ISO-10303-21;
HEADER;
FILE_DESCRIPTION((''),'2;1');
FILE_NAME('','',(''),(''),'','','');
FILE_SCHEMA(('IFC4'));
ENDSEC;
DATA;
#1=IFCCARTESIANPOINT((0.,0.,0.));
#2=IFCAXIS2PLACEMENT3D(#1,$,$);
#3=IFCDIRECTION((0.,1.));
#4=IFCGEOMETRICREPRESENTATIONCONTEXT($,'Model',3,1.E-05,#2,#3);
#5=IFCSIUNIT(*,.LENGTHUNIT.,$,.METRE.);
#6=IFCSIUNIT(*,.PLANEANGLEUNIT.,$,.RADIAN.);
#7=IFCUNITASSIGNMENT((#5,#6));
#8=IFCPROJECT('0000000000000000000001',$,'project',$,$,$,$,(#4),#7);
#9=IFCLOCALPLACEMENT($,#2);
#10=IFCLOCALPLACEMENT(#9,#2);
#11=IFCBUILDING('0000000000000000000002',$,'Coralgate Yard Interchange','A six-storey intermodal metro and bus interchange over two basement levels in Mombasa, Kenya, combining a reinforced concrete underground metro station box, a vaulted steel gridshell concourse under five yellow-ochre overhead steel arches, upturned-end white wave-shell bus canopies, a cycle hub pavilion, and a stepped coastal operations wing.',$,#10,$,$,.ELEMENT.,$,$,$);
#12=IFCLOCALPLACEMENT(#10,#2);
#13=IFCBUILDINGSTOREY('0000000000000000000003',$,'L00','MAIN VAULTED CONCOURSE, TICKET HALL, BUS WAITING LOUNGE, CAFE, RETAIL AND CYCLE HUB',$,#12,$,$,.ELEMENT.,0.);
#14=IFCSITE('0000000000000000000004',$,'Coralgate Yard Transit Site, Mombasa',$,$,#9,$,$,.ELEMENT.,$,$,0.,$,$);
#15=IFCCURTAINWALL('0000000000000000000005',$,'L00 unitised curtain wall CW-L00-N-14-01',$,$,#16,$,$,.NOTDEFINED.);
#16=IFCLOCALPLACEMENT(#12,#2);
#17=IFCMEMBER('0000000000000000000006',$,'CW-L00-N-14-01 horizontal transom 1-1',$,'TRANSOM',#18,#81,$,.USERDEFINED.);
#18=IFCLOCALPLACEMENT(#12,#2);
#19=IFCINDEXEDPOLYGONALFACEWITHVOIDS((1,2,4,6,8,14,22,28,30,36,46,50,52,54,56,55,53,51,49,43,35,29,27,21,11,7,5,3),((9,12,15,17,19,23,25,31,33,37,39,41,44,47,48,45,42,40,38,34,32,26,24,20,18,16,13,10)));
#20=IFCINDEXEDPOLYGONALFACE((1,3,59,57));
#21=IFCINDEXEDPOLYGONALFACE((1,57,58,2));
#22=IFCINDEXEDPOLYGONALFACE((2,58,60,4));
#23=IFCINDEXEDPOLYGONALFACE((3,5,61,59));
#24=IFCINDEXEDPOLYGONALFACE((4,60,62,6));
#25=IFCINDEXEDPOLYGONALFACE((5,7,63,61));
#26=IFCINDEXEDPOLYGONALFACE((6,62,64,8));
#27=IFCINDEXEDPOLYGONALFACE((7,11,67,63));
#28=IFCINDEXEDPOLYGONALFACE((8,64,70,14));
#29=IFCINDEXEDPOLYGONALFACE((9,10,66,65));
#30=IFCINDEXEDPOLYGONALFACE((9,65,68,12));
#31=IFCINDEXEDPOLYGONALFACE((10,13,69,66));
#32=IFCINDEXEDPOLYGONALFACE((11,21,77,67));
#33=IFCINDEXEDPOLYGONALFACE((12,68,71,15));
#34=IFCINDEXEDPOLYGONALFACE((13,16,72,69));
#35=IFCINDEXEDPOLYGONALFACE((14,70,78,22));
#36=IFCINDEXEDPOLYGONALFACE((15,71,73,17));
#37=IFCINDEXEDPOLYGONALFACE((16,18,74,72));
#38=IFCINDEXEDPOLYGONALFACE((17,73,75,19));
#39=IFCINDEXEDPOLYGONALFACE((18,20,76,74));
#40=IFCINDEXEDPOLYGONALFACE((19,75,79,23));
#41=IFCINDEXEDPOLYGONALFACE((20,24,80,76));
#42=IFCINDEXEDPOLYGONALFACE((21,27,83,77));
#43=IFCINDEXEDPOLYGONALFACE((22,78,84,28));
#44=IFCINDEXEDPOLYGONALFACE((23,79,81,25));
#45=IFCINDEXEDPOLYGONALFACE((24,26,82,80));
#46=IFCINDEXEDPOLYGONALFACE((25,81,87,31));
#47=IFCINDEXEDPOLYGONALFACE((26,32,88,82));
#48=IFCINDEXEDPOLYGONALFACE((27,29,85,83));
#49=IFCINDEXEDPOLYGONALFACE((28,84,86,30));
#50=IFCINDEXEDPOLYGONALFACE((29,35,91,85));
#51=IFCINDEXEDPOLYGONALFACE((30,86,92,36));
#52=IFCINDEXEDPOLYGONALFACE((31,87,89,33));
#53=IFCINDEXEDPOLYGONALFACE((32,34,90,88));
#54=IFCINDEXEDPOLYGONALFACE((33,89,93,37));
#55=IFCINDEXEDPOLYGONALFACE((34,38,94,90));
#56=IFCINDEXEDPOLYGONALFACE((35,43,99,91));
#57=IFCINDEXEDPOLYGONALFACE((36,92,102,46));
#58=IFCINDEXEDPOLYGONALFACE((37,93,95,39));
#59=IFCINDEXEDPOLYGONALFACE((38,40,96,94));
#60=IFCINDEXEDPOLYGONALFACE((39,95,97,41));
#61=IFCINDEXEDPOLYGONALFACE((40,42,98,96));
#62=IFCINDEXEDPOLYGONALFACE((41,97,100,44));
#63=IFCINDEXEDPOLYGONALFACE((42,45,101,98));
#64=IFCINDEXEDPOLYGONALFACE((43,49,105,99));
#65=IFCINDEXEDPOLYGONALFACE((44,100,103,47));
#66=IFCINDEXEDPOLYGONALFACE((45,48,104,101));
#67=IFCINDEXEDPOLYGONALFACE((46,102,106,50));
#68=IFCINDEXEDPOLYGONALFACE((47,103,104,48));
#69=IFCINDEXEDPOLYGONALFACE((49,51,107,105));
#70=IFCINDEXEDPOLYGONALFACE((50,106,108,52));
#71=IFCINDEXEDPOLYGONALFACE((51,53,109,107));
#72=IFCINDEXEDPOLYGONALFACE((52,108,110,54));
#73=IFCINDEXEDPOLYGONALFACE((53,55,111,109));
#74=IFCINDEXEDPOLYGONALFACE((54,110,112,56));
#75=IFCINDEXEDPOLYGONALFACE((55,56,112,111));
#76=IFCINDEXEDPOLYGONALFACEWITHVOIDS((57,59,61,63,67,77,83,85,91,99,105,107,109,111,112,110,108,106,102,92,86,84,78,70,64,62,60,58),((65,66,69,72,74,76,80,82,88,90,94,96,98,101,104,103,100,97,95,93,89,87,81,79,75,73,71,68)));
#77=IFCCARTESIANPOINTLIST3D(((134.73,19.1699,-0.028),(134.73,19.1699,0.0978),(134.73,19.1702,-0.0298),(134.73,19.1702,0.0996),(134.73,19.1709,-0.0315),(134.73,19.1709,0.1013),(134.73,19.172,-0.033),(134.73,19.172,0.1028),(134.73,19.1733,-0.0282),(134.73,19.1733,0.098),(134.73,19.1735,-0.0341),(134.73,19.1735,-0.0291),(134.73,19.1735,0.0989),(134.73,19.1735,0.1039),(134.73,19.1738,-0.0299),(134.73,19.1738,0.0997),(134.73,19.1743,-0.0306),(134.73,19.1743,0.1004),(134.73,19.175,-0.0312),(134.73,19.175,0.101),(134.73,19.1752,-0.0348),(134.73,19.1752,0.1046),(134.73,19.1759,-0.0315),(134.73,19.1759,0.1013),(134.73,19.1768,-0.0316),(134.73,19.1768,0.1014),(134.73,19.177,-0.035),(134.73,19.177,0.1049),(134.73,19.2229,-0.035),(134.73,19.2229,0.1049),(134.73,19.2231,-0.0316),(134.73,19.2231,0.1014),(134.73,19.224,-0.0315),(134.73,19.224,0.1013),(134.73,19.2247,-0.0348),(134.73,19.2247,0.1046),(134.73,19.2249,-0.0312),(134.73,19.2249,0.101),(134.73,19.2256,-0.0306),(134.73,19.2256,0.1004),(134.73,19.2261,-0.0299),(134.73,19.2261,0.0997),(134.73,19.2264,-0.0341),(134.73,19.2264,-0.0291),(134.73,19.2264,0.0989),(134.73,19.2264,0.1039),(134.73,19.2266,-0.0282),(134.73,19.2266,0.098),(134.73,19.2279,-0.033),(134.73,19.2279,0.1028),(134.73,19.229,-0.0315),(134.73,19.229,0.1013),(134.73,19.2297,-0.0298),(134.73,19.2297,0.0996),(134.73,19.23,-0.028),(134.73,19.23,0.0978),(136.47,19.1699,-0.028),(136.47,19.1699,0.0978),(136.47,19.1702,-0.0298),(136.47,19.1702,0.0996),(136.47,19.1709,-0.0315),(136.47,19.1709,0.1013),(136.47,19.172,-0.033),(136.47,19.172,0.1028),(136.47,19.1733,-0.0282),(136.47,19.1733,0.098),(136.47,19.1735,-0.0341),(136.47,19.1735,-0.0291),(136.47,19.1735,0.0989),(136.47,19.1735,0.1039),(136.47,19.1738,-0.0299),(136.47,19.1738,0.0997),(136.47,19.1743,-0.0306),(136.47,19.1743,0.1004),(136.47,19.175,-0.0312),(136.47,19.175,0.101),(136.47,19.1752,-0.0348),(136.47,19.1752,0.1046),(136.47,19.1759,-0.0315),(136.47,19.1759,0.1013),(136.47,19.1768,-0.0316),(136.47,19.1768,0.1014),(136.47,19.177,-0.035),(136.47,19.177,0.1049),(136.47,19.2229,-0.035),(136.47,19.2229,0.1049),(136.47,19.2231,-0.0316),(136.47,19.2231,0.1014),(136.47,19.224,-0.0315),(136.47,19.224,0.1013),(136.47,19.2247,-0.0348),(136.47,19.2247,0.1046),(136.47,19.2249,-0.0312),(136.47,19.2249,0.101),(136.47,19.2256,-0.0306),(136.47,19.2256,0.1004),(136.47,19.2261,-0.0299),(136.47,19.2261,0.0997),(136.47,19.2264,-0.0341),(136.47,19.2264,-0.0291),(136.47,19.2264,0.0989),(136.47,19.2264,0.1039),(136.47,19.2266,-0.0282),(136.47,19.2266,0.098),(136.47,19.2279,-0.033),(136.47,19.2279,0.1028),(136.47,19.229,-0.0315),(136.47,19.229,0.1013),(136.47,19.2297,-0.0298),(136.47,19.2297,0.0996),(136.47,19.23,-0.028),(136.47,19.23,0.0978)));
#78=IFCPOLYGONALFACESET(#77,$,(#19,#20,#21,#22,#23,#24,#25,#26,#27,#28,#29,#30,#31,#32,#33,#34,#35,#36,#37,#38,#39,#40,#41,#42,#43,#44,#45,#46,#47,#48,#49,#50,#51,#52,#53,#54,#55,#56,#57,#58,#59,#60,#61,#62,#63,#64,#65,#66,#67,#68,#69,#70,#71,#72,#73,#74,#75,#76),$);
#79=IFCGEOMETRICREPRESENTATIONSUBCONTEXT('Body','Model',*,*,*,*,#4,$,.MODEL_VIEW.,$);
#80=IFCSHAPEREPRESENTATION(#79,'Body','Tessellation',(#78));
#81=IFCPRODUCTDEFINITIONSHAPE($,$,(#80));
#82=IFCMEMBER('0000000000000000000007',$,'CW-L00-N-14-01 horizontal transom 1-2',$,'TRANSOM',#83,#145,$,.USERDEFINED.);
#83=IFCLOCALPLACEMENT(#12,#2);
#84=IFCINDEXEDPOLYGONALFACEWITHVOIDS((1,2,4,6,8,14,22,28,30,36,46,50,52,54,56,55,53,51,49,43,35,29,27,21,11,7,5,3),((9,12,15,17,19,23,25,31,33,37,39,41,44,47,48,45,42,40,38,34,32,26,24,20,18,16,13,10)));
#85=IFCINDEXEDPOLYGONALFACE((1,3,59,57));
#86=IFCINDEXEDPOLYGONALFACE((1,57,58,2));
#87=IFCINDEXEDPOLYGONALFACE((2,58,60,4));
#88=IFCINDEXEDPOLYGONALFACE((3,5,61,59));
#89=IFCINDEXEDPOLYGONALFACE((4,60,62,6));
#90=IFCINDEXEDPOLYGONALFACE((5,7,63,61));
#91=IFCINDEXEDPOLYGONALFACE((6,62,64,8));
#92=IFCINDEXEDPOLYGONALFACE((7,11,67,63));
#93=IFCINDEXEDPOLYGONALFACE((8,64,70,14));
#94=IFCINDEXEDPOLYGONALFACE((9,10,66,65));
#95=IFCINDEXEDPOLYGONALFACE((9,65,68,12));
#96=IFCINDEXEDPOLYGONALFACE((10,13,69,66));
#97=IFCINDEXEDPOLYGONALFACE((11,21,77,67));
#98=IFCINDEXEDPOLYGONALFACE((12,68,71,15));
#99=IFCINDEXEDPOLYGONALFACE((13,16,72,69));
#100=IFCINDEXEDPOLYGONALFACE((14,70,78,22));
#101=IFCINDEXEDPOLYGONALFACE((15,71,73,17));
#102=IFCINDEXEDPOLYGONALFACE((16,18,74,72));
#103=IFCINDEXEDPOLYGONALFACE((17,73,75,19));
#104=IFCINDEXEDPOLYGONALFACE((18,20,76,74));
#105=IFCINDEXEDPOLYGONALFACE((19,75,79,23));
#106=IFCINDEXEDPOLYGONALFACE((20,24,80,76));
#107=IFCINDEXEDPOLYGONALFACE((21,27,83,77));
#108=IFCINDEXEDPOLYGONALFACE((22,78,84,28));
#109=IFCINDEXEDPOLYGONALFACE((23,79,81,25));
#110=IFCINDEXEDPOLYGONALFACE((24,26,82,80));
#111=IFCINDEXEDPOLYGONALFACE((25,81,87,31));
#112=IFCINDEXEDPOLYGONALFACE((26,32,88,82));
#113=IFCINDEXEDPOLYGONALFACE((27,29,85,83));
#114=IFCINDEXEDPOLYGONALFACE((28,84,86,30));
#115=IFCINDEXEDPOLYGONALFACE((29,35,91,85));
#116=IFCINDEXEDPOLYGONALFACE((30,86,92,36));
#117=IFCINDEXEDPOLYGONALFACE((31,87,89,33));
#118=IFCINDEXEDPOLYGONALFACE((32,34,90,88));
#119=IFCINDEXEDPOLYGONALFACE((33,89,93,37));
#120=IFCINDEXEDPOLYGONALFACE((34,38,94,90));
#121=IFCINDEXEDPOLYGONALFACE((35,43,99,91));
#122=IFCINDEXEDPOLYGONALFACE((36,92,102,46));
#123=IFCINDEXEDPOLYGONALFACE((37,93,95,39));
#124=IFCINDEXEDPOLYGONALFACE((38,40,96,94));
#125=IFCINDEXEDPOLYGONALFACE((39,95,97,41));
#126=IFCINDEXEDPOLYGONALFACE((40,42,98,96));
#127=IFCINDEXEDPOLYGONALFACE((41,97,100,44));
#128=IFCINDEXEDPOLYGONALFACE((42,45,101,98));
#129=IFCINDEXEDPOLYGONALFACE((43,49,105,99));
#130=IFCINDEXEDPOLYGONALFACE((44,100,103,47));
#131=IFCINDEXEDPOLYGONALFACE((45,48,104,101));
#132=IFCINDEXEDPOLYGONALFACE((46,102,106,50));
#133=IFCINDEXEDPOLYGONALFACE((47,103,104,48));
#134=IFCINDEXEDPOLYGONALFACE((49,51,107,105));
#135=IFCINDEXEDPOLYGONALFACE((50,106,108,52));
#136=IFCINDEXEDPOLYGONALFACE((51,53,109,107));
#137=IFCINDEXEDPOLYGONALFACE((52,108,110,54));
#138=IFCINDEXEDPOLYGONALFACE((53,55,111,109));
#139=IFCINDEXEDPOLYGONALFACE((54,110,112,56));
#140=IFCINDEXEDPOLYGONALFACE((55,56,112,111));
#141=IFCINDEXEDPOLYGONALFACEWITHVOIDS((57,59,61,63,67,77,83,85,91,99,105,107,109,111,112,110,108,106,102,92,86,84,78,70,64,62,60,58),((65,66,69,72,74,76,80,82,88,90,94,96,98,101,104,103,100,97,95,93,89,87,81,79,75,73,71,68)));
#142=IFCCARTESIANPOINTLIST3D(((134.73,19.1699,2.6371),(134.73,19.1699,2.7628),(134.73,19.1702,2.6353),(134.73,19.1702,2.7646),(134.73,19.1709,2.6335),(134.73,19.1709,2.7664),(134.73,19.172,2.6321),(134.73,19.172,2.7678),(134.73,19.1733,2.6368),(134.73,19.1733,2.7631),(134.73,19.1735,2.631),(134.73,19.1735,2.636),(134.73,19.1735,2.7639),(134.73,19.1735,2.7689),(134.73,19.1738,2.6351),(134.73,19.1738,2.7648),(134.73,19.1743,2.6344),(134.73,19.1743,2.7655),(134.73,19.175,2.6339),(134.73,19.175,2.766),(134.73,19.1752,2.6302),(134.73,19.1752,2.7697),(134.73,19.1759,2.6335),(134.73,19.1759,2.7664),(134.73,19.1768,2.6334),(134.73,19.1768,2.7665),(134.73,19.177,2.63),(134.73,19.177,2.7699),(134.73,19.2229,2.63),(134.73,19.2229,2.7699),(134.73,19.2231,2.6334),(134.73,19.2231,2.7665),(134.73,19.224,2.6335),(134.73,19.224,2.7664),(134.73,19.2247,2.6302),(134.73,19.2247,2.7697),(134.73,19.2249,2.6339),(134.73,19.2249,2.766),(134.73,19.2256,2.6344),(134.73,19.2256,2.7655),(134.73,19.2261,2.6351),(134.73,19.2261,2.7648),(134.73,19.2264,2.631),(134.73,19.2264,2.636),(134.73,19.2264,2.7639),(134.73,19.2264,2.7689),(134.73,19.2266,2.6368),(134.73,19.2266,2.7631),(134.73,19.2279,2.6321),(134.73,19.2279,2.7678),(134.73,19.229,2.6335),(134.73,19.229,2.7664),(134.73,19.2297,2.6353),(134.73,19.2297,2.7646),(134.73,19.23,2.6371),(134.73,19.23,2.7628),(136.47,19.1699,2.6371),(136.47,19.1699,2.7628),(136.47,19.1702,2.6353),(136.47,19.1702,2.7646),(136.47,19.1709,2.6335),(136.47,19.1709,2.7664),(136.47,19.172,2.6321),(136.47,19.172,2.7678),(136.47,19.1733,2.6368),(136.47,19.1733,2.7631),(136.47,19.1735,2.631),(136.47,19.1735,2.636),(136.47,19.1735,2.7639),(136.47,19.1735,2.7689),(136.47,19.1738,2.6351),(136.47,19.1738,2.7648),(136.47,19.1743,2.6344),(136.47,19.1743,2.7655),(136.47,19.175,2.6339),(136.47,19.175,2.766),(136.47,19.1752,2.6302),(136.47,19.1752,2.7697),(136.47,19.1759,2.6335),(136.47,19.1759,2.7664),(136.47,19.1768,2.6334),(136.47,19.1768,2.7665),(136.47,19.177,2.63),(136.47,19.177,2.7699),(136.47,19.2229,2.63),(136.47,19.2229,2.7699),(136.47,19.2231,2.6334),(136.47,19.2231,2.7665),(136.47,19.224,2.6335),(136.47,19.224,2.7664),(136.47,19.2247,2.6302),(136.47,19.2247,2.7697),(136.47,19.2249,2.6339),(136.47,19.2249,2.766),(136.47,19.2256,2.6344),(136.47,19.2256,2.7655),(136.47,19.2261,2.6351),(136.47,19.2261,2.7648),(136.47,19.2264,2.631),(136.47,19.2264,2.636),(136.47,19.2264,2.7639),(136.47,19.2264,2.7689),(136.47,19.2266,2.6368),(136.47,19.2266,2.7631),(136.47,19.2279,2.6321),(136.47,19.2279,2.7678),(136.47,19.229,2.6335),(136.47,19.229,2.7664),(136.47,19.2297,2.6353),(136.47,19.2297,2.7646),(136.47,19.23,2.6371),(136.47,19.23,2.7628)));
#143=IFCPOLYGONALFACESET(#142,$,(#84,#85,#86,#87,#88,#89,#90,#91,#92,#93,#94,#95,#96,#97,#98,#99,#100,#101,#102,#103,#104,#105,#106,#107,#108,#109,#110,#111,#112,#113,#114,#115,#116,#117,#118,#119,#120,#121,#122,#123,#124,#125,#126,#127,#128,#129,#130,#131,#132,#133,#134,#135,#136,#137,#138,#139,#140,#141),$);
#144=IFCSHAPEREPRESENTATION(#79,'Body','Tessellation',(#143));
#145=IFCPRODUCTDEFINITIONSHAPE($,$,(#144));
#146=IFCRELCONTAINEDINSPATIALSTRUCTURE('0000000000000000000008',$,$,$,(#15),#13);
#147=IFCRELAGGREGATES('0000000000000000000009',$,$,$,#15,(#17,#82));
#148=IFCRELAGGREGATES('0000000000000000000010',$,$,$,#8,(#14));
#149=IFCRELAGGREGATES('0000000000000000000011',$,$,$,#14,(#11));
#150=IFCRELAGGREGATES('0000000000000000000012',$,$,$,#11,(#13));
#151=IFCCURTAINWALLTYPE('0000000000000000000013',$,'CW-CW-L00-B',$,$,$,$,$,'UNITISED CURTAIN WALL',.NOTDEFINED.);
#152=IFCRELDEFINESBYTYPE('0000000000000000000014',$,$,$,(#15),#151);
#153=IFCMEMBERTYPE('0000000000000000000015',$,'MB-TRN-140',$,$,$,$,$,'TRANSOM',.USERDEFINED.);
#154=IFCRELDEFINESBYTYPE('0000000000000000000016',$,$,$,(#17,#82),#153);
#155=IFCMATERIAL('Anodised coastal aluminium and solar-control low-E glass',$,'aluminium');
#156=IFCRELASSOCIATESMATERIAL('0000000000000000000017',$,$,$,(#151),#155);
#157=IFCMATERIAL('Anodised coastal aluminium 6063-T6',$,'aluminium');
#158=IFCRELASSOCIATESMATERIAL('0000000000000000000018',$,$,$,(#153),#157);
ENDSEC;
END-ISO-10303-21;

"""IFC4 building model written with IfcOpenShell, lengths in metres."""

from ifc_helpers import new_model, si_unit, direction, frame, origin, origin_2d, place, context, subcontext, project, spatial, hollow_rectangle, extrude, material, material_profile, profile_set, type_object, element, aggregate, save


model = new_model("IFC4")

# Units and contexts
model_context = context("Model", 3, precision=1e-05, world=origin(), true_north=direction((0.0, 1.0)))
body_context = subcontext(model_context, "Body", "Model", "MODEL_VIEW")
ifc_project = project(units=[si_unit("LENGTHUNIT", "METRE"), si_unit("PLANEANGLEUNIT", "RADIAN")], contexts=[model_context])

# Site, building, storey
site_placement = place(None, origin())
site = spatial("IfcSite", under=ifc_project, at=site_placement, Name="Coralgate Yard Transit Site, Mombasa", CompositionType="ELEMENT", RefElevation=0.0)
building_placement = place(site_placement, origin())
building = spatial("IfcBuilding", under=site, at=building_placement, Name="Coralgate Yard Interchange", Description="A six-storey intermodal metro and bus interchange over two basement levels in Mombasa, Kenya, combining a reinforced concrete underground metro station box, a vaulted steel gridshell concourse under five yellow-ochre overhead steel arches, upturned-end white wave-shell bus canopies, a cycle hub pavilion, and a stepped coastal operations wing.", CompositionType="ELEMENT")
storey_placement = place(building_placement, origin())
storey = spatial("IfcBuildingStorey", under=building, at=storey_placement, Name="L00", Description="MAIN VAULTED CONCOURSE, TICKET HALL, BUS WAITING LOUNGE, CAFE, RETAIL AND CYCLE HUB", CompositionType="ELEMENT", Elevation=0.0)

# Shared definitions
ifc_material_1 = material(Name="Anodised coastal aluminium and solar-control low-E glass", Category="aluminium")
ifc_material_2 = material(Name="Anodised coastal aluminium 6063-T6", Category="aluminium")

# Curtain wall, members
curtain_wall_type_1 = type_object("IfcCurtainWallType", Name="CW-CW-L00-B", ElementType="UNITISED CURTAIN WALL", PredefinedType="NOTDEFINED", material=ifc_material_1)
curtain_wall_1_placement = place(storey_placement, origin())
curtain_wall_1 = element("IfcCurtainWall", 1, at=curtain_wall_1_placement, inside=storey, type_object=curtain_wall_type_1, Name="L00 unitised curtain wall CW-L00-N-14-01", PredefinedType="NOTDEFINED")
ifc_material_profile_1 = material_profile(ifc_material_2, hollow_rectangle(XDim=0.0601, YDim=0.1399, WallThickness=0.0034, InnerFilletRadius=0.0034, OuterFilletRadius=0.0071, at=origin_2d()), Name="ALU 60x140x3.5")
ifc_profile_set_1 = profile_set([ifc_material_profile_1], Name="Anodised coastal aluminium 6063-T6")
member_type_1 = type_object("IfcMemberType", Name="MB-TRN-140", ElementType="TRANSOM", PredefinedType="USERDEFINED", material=ifc_profile_set_1)
member_1_placement = place(storey_placement, frame((134.73, 19.2, 0.0349), z_axis=(1.0, 0.0, 0.0), x_axis=(0.0, 1.0, 0.0)))
member_1 = element("IfcMember", 2, at=member_1_placement, type_object=member_type_1, Name="CW-L00-N-14-01 horizontal transom 1-1", ObjectType="TRANSOM", PredefinedType="USERDEFINED", context=body_context, shape_type="SweptSolid", body=[
    extrude(hollow_rectangle(XDim=0.0601, YDim=0.1399, WallThickness=0.0034, InnerFilletRadius=0.0034, OuterFilletRadius=0.0071, at=origin_2d()), origin(), (0.0, 0.0, 1.0), 1.74),
])
member_2_placement = place(storey_placement, frame((134.73, 19.2, 2.7), z_axis=(1.0, 0.0, 0.0), x_axis=(0.0, 1.0, 0.0)))
member_2 = element("IfcMember", 3, at=member_2_placement, type_object=member_type_1, Name="CW-L00-N-14-01 horizontal transom 1-2", ObjectType="TRANSOM", PredefinedType="USERDEFINED", context=body_context, shape_type="SweptSolid", body=[
    extrude(hollow_rectangle(XDim=0.0601, YDim=0.1399, WallThickness=0.0034, InnerFilletRadius=0.0034, OuterFilletRadius=0.0071, at=origin_2d()), origin(), (0.0, 0.0, 1.0), 1.74),
])
aggregate(curtain_wall_1, [member_1, member_2])

save(model, "model.ifc")
